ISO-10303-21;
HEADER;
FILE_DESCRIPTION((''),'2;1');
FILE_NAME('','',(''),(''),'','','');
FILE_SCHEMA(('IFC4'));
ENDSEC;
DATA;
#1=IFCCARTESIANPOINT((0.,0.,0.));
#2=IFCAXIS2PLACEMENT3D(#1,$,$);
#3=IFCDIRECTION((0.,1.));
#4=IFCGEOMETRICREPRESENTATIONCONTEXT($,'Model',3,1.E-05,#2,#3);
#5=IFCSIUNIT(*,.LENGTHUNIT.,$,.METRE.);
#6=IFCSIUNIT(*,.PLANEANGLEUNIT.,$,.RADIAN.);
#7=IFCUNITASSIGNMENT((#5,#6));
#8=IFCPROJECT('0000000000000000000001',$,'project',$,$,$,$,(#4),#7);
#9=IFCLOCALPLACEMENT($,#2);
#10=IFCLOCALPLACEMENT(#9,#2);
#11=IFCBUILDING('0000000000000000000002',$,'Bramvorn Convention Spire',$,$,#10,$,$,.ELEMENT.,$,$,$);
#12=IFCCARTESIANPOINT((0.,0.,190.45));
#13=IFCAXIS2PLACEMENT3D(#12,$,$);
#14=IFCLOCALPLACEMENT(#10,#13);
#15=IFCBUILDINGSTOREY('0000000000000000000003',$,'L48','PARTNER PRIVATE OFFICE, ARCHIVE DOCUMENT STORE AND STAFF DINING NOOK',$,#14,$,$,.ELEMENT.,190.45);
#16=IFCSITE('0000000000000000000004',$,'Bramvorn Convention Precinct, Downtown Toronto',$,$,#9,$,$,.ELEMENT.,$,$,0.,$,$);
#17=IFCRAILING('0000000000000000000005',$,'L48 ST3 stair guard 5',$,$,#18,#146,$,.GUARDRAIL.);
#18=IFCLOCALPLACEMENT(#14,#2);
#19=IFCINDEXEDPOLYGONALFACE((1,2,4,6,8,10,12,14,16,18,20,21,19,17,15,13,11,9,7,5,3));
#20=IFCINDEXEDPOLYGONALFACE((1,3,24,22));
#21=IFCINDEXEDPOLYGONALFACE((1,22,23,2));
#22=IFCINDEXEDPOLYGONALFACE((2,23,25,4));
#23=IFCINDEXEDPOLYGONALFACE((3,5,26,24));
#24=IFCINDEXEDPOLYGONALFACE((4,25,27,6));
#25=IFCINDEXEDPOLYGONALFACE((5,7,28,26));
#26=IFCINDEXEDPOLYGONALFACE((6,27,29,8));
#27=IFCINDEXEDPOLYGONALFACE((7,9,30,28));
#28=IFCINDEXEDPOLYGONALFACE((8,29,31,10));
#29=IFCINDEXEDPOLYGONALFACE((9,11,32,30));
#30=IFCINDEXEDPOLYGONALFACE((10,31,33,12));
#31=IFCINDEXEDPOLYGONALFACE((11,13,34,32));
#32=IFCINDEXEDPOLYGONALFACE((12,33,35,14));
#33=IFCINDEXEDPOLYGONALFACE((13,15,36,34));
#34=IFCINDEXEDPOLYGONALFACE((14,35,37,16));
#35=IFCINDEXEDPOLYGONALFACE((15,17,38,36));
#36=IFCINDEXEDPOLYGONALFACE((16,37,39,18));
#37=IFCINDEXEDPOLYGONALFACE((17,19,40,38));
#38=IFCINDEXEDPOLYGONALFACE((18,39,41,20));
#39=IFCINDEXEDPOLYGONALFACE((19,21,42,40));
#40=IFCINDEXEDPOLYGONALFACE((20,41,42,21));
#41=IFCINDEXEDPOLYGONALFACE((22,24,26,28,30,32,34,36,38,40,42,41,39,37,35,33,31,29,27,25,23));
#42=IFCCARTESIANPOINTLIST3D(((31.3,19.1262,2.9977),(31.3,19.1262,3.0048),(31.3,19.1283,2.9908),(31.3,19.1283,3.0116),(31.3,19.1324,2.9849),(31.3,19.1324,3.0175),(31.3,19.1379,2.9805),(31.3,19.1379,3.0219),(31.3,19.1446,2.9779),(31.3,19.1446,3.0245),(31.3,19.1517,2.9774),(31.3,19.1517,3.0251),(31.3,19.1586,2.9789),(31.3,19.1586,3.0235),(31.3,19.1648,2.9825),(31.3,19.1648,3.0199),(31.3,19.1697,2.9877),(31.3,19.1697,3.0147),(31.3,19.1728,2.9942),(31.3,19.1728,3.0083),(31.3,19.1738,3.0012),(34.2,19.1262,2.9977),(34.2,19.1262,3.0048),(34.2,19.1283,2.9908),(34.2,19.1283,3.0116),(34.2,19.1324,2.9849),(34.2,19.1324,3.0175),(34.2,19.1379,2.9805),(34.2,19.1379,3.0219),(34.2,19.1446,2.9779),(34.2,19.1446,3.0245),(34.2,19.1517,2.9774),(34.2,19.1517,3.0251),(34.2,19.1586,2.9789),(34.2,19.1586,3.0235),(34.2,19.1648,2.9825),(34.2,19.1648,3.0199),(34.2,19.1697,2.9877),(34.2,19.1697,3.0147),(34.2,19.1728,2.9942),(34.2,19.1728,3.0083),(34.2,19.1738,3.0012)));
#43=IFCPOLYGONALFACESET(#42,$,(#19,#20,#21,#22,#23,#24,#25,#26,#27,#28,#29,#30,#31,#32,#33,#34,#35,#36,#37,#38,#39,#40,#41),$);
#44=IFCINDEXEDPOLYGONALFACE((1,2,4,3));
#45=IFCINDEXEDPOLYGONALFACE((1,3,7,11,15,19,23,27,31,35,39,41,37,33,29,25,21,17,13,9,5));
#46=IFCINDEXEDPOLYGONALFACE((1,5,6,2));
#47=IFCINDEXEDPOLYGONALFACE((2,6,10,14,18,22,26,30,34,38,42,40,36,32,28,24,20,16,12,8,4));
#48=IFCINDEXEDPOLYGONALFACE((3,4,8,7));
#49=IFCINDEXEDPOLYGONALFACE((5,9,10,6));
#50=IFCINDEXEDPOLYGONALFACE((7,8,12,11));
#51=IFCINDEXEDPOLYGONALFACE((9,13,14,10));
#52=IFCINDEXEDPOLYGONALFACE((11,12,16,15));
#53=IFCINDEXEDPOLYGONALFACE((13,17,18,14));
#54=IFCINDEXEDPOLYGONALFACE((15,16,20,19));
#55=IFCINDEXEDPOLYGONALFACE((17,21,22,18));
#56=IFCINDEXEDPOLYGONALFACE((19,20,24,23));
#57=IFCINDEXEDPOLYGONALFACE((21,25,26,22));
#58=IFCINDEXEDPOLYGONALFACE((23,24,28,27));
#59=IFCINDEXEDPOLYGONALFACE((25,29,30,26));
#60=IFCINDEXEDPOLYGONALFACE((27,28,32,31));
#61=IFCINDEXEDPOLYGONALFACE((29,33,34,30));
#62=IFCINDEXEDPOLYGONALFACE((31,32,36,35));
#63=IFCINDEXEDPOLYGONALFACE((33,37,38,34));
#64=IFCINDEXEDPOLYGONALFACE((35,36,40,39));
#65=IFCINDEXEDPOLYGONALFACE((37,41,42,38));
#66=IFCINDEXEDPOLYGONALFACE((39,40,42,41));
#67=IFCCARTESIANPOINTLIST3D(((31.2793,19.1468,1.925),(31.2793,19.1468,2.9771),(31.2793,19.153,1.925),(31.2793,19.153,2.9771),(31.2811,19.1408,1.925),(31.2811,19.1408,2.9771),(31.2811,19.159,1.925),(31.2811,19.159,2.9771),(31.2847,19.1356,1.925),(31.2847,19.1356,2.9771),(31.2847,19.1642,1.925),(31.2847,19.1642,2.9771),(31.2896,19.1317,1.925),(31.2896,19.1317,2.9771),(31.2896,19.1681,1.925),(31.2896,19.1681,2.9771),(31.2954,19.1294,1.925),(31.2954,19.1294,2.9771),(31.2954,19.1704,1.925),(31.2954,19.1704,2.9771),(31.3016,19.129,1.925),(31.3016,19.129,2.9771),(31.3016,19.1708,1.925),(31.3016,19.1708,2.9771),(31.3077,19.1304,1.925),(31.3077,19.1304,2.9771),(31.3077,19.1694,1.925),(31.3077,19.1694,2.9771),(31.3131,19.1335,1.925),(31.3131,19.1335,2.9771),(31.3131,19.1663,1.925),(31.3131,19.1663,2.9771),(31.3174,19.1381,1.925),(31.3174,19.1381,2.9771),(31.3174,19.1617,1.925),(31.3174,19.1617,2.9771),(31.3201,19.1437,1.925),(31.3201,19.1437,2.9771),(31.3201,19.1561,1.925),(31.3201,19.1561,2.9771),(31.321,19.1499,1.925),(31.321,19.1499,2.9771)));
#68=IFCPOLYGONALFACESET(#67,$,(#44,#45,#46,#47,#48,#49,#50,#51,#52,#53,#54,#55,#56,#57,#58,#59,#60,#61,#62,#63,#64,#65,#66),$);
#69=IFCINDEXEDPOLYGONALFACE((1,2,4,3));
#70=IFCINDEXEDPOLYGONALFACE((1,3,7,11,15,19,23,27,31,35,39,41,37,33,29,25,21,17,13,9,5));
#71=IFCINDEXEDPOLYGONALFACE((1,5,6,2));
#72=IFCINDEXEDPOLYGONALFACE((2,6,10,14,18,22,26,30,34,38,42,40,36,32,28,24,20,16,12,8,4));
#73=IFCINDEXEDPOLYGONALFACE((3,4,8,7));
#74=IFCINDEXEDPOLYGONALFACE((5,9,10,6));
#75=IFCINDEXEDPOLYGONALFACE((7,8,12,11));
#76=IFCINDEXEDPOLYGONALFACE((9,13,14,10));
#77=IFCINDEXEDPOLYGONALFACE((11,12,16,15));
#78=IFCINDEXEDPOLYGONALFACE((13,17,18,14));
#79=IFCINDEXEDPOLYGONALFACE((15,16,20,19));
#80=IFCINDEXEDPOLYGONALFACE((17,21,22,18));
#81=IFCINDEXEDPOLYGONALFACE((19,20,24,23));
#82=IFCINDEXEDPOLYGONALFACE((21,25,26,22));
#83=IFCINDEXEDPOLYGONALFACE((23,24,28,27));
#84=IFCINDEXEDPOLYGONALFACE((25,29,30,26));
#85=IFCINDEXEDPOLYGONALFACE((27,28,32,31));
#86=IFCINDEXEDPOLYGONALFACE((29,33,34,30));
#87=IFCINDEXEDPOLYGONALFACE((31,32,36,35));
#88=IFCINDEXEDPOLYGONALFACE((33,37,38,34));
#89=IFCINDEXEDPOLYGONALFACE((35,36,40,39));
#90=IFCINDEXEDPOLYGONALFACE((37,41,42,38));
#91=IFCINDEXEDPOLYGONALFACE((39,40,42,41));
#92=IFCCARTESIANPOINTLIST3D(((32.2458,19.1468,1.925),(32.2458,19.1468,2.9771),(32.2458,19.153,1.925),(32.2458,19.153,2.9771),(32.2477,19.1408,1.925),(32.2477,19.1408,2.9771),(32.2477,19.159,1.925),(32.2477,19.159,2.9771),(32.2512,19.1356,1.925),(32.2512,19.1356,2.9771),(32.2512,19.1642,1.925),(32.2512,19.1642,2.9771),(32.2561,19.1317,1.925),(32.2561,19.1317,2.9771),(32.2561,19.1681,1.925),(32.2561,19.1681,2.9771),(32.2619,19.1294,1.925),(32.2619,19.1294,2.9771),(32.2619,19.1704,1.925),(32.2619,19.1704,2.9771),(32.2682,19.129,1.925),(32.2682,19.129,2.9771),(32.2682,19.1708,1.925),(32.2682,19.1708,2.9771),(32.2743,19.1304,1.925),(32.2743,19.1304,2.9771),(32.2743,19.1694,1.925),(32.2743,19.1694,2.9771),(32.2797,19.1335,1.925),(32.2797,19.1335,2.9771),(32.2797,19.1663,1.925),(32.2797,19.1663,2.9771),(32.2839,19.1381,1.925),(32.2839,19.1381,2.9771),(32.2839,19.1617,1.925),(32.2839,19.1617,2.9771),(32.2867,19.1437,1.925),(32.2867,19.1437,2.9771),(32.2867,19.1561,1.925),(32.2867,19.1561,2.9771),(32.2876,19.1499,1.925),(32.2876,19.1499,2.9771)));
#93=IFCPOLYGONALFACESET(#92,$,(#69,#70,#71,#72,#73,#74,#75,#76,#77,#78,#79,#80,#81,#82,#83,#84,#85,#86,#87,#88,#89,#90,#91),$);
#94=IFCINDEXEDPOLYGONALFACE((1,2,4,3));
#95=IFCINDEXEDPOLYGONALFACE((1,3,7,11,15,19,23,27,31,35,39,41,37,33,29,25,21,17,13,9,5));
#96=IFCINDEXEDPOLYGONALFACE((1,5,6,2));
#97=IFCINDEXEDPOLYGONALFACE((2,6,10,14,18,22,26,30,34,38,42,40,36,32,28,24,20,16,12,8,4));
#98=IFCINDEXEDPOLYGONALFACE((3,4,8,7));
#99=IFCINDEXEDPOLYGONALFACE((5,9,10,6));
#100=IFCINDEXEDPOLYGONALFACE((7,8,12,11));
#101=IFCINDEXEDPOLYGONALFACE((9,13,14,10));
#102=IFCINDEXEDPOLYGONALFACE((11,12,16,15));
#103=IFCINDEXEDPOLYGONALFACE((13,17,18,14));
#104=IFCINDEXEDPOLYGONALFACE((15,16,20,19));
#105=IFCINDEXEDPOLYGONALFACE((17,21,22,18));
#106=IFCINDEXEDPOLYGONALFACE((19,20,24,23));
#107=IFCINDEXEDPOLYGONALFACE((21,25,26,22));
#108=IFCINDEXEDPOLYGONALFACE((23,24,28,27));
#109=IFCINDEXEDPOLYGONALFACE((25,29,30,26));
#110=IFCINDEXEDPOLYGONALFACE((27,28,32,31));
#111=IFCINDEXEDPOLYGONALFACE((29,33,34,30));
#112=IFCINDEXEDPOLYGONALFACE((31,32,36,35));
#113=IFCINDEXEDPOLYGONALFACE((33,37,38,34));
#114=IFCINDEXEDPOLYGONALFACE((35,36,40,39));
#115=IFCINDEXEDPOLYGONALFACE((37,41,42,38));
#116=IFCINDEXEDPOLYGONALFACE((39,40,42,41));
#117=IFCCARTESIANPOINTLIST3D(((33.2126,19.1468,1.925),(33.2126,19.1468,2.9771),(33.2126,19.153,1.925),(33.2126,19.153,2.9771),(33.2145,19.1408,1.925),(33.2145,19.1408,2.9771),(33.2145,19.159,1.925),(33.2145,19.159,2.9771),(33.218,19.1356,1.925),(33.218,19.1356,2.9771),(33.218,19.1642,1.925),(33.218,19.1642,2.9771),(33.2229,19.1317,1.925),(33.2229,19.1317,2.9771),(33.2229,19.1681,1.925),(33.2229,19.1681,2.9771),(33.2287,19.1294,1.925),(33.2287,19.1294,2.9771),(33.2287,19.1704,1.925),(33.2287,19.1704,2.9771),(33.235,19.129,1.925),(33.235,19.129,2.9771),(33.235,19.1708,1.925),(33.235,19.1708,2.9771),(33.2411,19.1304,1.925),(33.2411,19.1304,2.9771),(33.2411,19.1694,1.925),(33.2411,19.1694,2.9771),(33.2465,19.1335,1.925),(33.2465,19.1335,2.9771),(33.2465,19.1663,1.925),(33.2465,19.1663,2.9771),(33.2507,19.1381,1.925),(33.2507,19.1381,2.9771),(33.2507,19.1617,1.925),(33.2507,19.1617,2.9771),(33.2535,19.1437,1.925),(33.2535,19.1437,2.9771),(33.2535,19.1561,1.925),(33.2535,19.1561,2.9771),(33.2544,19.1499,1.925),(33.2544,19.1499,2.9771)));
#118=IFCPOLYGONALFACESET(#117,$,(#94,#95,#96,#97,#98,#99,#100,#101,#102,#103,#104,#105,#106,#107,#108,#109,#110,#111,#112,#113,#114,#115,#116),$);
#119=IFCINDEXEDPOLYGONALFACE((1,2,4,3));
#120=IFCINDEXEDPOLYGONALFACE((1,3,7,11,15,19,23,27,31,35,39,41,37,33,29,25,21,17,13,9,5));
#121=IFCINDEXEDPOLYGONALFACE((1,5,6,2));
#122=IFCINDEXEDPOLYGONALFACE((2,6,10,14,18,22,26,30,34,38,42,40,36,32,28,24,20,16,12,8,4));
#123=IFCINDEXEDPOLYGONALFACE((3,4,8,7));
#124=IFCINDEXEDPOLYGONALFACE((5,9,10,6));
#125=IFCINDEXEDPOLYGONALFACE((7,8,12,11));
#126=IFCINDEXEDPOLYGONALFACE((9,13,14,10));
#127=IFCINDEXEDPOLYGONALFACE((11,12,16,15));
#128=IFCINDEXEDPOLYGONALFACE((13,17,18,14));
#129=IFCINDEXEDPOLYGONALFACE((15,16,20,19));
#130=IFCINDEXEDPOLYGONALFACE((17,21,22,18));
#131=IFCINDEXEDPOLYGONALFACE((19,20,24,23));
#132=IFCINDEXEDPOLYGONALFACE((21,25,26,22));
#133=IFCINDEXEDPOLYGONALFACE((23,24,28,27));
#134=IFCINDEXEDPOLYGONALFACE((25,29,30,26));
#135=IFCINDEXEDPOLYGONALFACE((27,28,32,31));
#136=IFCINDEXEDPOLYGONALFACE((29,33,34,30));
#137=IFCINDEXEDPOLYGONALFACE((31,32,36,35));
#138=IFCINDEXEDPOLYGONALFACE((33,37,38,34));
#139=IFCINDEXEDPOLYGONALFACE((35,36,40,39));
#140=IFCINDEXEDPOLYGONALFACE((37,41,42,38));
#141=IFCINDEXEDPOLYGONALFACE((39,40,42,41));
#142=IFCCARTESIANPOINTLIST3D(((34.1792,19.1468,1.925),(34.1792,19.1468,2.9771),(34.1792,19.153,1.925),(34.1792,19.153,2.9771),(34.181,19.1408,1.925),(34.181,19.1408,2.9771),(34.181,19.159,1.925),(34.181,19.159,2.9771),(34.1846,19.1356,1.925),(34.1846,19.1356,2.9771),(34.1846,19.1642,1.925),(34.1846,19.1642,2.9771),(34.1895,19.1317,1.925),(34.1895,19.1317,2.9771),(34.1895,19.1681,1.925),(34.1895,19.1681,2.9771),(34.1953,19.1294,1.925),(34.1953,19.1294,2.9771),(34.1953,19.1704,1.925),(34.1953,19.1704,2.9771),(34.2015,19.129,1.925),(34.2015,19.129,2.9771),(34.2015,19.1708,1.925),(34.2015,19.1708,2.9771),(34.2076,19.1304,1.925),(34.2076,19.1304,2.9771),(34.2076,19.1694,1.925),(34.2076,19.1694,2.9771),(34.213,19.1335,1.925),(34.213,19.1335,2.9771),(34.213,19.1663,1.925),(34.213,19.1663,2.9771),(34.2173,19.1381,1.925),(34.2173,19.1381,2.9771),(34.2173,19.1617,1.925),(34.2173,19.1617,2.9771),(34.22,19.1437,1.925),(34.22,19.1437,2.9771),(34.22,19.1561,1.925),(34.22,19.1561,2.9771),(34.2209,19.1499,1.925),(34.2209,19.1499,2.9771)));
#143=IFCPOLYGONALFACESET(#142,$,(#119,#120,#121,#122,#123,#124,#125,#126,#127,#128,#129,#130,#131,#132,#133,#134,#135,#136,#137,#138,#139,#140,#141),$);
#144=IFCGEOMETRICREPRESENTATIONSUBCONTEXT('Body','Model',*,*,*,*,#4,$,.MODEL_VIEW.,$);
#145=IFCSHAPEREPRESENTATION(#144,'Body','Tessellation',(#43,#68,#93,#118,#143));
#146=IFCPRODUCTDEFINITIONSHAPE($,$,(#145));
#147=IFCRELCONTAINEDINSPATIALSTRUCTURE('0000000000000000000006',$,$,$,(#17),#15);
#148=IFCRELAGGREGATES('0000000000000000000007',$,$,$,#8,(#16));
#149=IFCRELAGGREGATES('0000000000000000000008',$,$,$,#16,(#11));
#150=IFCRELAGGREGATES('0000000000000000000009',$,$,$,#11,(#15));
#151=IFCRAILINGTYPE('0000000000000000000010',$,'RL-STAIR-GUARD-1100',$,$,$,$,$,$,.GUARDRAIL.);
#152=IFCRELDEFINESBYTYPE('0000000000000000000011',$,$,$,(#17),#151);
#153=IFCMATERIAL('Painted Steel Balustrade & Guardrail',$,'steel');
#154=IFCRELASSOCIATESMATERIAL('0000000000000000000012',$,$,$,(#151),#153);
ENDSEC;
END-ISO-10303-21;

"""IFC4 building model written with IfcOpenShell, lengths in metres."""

from ifc_helpers import new_model, si_unit, direction, frame, origin, origin_2d, place, context, subcontext, project, spatial, circle, extrude, material, type_object, element, save


model = new_model("IFC4")

# Units and contexts
model_context = context("Model", 3, precision=1e-05, world=origin(), true_north=direction((0.0, 1.0)))
body_context = subcontext(model_context, "Body", "Model", "MODEL_VIEW")
ifc_project = project(units=[si_unit("LENGTHUNIT", "METRE"), si_unit("PLANEANGLEUNIT", "RADIAN")], contexts=[model_context])

# Site, building, storey
site_placement = place(None, origin())
site = spatial("IfcSite", under=ifc_project, at=site_placement, Name="Bramvorn Convention Precinct, Downtown Toronto", CompositionType="ELEMENT", RefElevation=0.0)
building_placement = place(site_placement, origin())
building = spatial("IfcBuilding", under=site, at=building_placement, Name="Bramvorn Convention Spire", CompositionType="ELEMENT")
storey_placement = place(building_placement, frame((0.0, 0.0, 190.45)))
storey = spatial("IfcBuildingStorey", under=building, at=storey_placement, Name="L48", Description="PARTNER PRIVATE OFFICE, ARCHIVE DOCUMENT STORE AND STAFF DINING NOOK", CompositionType="ELEMENT", Elevation=190.45)

# Railing
ifc_material_1 = material(Name="Painted Steel Balustrade & Guardrail", Category="steel")
railing_type_1 = type_object("IfcRailingType", Name="RL-STAIR-GUARD-1100", PredefinedType="GUARDRAIL", material=ifc_material_1)
railing_1_placement = place(storey_placement, frame((31.3, 19.1499, 1.925)))
element("IfcRailing", 1, at=railing_1_placement, inside=storey, type_object=railing_type_1, Name="L48 ST3 stair guard 5", PredefinedType="GUARDRAIL", context=body_context, shape_type="SweptSolid", body=[
    extrude(circle(Radius=0.0239, at=origin_2d()), frame((0.0, 0.0, 1.0762), z_axis=(1.0, 0.0, 0.0), x_axis=(0.0, 1.0, 0.0)), (0.0, 0.0, 1.0), 2.8999),
    extrude(circle(Radius=0.021, at=origin_2d()), origin(), (0.0, 0.0, 1.0), 1.052),
    extrude(circle(Radius=0.021, at=origin_2d()), frame((0.9666, 0.0, 0.0)), (0.0, 0.0, 1.0), 1.052),
    extrude(circle(Radius=0.021, at=origin_2d()), frame((1.9333, 0.0, 0.0)), (0.0, 0.0, 1.0), 1.052),
    extrude(circle(Radius=0.021, at=origin_2d()), frame((2.8999, 0.0, 0.0)), (0.0, 0.0, 1.0), 1.052),
])

save(model, "model.ifc")
